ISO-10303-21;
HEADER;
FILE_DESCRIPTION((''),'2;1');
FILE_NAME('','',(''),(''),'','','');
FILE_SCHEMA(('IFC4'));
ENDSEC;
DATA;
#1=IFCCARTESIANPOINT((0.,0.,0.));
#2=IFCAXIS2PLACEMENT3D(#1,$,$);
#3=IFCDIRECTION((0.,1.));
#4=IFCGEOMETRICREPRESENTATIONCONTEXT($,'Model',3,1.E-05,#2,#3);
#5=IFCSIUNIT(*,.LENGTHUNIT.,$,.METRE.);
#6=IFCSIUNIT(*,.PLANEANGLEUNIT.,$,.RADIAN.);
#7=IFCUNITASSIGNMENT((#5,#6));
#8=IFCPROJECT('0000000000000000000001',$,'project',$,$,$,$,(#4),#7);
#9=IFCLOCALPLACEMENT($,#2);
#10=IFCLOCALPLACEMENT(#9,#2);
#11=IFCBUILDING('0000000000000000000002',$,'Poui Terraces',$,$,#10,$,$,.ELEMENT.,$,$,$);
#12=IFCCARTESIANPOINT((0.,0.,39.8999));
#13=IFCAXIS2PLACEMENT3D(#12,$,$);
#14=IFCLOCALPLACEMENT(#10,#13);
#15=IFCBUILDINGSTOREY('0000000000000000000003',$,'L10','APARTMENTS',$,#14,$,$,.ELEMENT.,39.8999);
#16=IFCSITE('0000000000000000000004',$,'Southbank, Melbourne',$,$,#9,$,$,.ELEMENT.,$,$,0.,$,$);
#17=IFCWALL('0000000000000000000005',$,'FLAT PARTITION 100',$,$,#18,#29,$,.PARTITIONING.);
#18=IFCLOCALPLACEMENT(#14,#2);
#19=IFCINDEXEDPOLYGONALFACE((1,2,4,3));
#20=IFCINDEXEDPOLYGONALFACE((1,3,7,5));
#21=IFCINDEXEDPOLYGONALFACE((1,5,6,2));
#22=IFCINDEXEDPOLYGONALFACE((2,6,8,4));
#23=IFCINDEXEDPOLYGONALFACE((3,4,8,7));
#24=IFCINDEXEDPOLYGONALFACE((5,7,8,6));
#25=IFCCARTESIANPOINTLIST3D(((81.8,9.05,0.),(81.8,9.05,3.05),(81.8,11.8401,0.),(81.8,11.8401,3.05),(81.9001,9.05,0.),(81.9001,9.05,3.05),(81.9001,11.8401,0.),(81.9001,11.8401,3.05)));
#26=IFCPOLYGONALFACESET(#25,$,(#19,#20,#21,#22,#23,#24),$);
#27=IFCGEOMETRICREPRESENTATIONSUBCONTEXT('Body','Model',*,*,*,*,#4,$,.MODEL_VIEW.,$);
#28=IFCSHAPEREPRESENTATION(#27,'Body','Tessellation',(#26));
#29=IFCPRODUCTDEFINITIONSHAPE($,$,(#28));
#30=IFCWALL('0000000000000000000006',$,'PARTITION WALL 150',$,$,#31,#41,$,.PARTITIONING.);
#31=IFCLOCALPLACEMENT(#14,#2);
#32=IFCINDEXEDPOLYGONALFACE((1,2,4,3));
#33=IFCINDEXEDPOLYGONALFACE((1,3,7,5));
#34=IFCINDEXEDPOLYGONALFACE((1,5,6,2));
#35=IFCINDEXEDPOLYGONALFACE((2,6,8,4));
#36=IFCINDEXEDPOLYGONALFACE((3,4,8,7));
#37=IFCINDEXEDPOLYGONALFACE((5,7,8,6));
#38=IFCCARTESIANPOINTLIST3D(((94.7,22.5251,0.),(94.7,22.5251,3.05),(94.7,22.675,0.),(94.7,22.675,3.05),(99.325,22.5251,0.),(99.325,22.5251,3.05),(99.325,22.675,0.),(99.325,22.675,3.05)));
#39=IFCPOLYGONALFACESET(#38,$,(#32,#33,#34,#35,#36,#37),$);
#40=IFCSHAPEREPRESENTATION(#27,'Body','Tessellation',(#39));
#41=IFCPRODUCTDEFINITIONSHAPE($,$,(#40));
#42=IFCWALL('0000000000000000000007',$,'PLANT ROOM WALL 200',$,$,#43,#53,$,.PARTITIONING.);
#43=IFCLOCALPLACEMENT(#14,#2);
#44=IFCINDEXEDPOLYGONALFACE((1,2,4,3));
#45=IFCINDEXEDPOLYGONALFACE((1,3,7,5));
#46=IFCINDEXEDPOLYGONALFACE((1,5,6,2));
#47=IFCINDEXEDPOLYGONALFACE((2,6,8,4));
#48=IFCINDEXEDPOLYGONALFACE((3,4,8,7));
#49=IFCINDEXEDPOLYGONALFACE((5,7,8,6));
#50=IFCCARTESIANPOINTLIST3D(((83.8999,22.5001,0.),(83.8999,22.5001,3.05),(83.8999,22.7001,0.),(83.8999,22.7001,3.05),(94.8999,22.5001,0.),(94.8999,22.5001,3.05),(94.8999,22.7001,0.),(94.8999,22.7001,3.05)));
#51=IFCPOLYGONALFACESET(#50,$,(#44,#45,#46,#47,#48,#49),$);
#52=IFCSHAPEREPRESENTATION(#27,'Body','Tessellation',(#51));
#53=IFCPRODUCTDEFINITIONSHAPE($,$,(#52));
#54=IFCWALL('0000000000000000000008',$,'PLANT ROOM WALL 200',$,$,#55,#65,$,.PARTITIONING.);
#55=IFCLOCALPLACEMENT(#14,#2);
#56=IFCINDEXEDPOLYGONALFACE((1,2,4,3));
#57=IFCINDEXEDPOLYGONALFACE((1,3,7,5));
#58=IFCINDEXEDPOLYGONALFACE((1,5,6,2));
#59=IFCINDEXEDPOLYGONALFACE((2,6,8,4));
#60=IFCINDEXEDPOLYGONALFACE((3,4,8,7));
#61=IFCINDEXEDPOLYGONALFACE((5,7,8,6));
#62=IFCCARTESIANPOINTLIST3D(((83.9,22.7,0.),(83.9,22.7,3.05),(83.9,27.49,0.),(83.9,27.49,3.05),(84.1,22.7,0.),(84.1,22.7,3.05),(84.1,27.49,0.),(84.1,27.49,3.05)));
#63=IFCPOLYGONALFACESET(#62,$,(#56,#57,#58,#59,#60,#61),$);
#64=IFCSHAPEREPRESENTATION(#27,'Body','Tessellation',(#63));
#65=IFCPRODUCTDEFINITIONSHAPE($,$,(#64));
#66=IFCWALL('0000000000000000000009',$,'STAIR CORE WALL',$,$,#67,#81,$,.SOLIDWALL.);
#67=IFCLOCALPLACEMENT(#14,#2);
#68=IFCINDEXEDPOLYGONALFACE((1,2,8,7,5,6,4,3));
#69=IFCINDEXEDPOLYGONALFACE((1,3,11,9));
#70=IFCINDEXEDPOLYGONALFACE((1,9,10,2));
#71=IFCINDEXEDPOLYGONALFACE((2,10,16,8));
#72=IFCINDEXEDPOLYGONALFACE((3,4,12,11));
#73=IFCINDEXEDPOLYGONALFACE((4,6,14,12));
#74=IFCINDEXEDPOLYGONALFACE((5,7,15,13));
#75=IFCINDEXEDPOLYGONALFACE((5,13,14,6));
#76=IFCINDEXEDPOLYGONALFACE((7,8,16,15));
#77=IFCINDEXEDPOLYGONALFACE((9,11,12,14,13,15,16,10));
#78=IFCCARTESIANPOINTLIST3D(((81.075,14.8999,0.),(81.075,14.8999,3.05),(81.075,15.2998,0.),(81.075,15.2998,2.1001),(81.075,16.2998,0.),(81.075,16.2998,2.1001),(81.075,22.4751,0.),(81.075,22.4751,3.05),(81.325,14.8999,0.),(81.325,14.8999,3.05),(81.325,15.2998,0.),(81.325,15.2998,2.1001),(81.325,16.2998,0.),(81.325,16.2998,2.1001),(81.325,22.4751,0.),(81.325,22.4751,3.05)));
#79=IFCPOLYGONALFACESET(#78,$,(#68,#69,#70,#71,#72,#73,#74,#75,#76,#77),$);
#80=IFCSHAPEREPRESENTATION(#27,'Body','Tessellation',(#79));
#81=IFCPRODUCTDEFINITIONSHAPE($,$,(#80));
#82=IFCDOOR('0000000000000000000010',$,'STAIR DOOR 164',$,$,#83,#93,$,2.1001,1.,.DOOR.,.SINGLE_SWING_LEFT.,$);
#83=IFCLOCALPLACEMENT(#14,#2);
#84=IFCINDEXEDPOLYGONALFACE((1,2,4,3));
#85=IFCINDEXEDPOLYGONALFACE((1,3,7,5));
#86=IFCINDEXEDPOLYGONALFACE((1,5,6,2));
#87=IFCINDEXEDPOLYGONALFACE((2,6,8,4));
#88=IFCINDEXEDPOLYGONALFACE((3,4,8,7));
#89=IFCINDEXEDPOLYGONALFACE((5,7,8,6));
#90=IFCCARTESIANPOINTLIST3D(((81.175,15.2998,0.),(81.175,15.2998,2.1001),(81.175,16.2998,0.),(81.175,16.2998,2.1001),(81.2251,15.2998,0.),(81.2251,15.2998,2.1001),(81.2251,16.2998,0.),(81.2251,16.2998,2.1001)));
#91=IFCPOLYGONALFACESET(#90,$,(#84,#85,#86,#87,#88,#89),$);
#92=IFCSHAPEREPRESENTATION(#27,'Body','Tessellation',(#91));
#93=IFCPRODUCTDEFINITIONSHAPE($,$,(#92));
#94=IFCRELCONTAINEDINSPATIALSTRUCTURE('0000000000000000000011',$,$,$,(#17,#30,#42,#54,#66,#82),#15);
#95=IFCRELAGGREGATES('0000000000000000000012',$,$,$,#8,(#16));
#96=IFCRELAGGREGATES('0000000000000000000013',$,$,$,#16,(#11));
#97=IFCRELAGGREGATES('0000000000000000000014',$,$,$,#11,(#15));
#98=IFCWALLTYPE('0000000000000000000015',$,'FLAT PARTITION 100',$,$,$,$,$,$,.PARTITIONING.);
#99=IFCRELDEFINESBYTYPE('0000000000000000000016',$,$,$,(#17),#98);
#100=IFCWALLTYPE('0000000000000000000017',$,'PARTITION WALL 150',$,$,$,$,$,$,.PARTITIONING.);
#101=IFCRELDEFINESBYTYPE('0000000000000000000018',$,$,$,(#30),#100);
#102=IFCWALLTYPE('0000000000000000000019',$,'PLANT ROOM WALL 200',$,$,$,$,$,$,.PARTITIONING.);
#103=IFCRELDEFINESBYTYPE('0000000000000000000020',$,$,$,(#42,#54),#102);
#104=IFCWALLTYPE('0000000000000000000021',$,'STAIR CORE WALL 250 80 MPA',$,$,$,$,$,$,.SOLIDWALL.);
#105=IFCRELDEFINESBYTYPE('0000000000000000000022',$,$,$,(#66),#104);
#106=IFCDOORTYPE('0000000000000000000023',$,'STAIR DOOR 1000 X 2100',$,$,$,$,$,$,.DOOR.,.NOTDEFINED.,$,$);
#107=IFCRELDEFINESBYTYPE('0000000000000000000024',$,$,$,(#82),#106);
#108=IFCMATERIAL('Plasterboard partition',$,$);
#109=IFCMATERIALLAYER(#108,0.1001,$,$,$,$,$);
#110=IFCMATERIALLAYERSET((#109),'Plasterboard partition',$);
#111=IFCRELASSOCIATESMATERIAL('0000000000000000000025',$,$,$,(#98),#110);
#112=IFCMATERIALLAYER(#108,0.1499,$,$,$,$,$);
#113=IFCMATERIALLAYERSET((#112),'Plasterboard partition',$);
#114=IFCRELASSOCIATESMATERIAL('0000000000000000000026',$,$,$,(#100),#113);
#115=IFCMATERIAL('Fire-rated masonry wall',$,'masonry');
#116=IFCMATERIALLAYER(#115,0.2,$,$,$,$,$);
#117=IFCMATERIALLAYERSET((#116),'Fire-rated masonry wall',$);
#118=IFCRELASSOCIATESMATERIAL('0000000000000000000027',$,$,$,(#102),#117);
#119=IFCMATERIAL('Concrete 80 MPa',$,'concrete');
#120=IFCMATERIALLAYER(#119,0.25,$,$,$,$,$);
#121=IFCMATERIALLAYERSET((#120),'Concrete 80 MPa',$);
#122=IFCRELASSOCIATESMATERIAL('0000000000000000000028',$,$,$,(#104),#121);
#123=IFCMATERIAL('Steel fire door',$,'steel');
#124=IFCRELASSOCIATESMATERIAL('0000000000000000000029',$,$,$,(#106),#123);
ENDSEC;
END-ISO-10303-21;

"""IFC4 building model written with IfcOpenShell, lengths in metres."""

from ifc_helpers import new_model, si_unit, direction, frame, frame_2d, origin, place, context, subcontext, project, spatial, rectangle, extrude, material, layer, layer_set, type_object, element, fill, save


model = new_model("IFC4")

# Units and contexts
model_context = context("Model", 3, precision=1e-05, world=origin(), true_north=direction((0.0, 1.0)))
body_context = subcontext(model_context, "Body", "Model", "MODEL_VIEW")
ifc_project = project(units=[si_unit("LENGTHUNIT", "METRE"), si_unit("PLANEANGLEUNIT", "RADIAN")], contexts=[model_context])

# Site, building, storey
site_placement = place(None, origin())
site = spatial("IfcSite", under=ifc_project, at=site_placement, Name="Southbank, Melbourne", CompositionType="ELEMENT", RefElevation=0.0)
building_placement = place(site_placement, origin())
building = spatial("IfcBuilding", under=site, at=building_placement, Name="Poui Terraces", CompositionType="ELEMENT")
storey_placement = place(building_placement, frame((0.0, 0.0, 39.8999)))
storey = spatial("IfcBuildingStorey", under=building, at=storey_placement, Name="L10", Description="APARTMENTS", CompositionType="ELEMENT", Elevation=39.8999)

# Shared definitions
ifc_material_1 = material(Name="Concrete 80 MPa", Category="concrete")

# Shared definitions
ifc_material_2 = material(Name="Steel fire door", Category="steel")
ifc_material_3 = material(Name="Plasterboard partition")
ifc_layer_1 = layer(ifc_material_3, 0.1001)
ifc_layer_set_1 = layer_set([ifc_layer_1], Name="Plasterboard partition")
wall_type_1 = type_object("IfcWallType", Name="FLAT PARTITION 100", PredefinedType="PARTITIONING", material=ifc_layer_set_1)

# Walls
wall_1_placement = place(storey_placement, frame((81.8501, 9.05, 0.0), z_axis=(0.0, 0.0, 1.0), x_axis=(0.0, 1.0, 0.0)))
element("IfcWall", 1, at=wall_1_placement, inside=storey, type_object=wall_type_1, Name="FLAT PARTITION 100", PredefinedType="PARTITIONING", context=body_context, shape_type="SweptSolid", body=[
    extrude(rectangle(XDim=2.79, YDim=0.1001, at=frame_2d((1.395, 0.0))), origin(), (0.0, 0.0, 1.0), 3.05),
])
ifc_layer_2 = layer(ifc_material_3, 0.1499)
ifc_layer_set_2 = layer_set([ifc_layer_2], Name="Plasterboard partition")
wall_type_2 = type_object("IfcWallType", Name="PARTITION WALL 150", PredefinedType="PARTITIONING", material=ifc_layer_set_2)
wall_2_placement = place(storey_placement, frame((94.7, 22.6001, 0.0), z_axis=(0.0, 0.0, 1.0), x_axis=(1.0, 0.0, 0.0)))
element("IfcWall", 2, at=wall_2_placement, inside=storey, type_object=wall_type_2, Name="PARTITION WALL 150", PredefinedType="PARTITIONING", context=body_context, shape_type="SweptSolid", body=[
    extrude(rectangle(XDim=4.625, YDim=0.1499, at=frame_2d((2.3125, 0.0))), origin(), (0.0, 0.0, 1.0), 3.05),
])
ifc_material_4 = material(Name="Fire-rated masonry wall", Category="masonry")
ifc_layer_3 = layer(ifc_material_4, 0.2)
ifc_layer_set_3 = layer_set([ifc_layer_3], Name="Fire-rated masonry wall")
wall_type_3 = type_object("IfcWallType", Name="PLANT ROOM WALL 200", PredefinedType="PARTITIONING", material=ifc_layer_set_3)
wall_3_placement = place(storey_placement, frame((83.8999, 22.6001, 0.0), z_axis=(0.0, 0.0, 1.0), x_axis=(1.0, 0.0, 0.0)))
element("IfcWall", 3, at=wall_3_placement, inside=storey, type_object=wall_type_3, Name="PLANT ROOM WALL 200", PredefinedType="PARTITIONING", context=body_context, shape_type="SweptSolid", body=[
    extrude(rectangle(XDim=11.0, YDim=0.2, at=frame_2d((5.5, 0.0))), origin(), (0.0, 0.0, 1.0), 3.05),
])
wall_4_placement = place(storey_placement, frame((84.0, 22.7, 0.0), z_axis=(0.0, 0.0, 1.0), x_axis=(0.0, 1.0, 0.0)))
element("IfcWall", 4, at=wall_4_placement, inside=storey, type_object=wall_type_3, Name="PLANT ROOM WALL 200", PredefinedType="PARTITIONING", context=body_context, shape_type="SweptSolid", body=[
    extrude(rectangle(XDim=4.79, YDim=0.2, at=frame_2d((2.395, 0.0))), origin(), (0.0, 0.0, 1.0), 3.05),
])

# Wall, opening, door
ifc_layer_4 = layer(ifc_material_1, 0.25)
ifc_layer_set_4 = layer_set([ifc_layer_4], Name="Concrete 80 MPa")
wall_type_4 = type_object("IfcWallType", Name="STAIR CORE WALL 250 80 MPA", PredefinedType="SOLIDWALL", material=ifc_layer_set_4)
wall_5_placement = place(storey_placement, frame((81.2, 14.8999, 0.0), z_axis=(0.0, 0.0, 1.0), x_axis=(0.0, 1.0, 0.0)))
wall_5 = element("IfcWall", 5, at=wall_5_placement, inside=storey, type_object=wall_type_4, Name="STAIR CORE WALL", PredefinedType="SOLIDWALL", context=body_context, shape_type="SweptSolid", body=[
    extrude(rectangle(XDim=7.5752, YDim=0.25, at=frame_2d((3.7876, 0.0))), origin(), (0.0, 0.0, 1.0), 3.05),
])
opening_1_placement = place(wall_5_placement, frame((0.3999, 0.0, 0.0)))
opening_1 = element("IfcOpeningElement", 6, at=opening_1_placement, cuts=wall_5, PredefinedType="OPENING", context=body_context, shape_type="SweptSolid", body=[
    extrude(rectangle(XDim=1.0, YDim=2.1001, at=frame_2d((0.5, 1.05))), frame((0.0, 0.135, 0.0), z_axis=(0.0, -1.0, 0.0), x_axis=(1.0, 0.0, 0.0)), (0.0, 0.0, 1.0), 0.27),
])
door_type_1 = type_object("IfcDoorType", Name="STAIR DOOR 1000 X 2100", OperationType="NOTDEFINED", PredefinedType="DOOR", material=ifc_material_2)
door_1_placement = place(opening_1_placement, origin())
door_1 = element("IfcDoor", 7, at=door_1_placement, inside=storey, type_object=door_type_1, Name="STAIR DOOR 164", OperationType="SINGLE_SWING_LEFT", OverallHeight=2.1001, OverallWidth=1.0, PredefinedType="DOOR", context=body_context, shape_type="SweptSolid", body=[
    extrude(rectangle(XDim=1.0, YDim=2.1001, at=frame_2d((0.5, 1.05))), frame((0.0, 0.0249, 0.0), z_axis=(0.0, -1.0, 0.0), x_axis=(1.0, 0.0, 0.0)), (0.0, 0.0, 1.0), 0.05),
])
fill(opening_1, door_1)

save(model, "model.ifc")
